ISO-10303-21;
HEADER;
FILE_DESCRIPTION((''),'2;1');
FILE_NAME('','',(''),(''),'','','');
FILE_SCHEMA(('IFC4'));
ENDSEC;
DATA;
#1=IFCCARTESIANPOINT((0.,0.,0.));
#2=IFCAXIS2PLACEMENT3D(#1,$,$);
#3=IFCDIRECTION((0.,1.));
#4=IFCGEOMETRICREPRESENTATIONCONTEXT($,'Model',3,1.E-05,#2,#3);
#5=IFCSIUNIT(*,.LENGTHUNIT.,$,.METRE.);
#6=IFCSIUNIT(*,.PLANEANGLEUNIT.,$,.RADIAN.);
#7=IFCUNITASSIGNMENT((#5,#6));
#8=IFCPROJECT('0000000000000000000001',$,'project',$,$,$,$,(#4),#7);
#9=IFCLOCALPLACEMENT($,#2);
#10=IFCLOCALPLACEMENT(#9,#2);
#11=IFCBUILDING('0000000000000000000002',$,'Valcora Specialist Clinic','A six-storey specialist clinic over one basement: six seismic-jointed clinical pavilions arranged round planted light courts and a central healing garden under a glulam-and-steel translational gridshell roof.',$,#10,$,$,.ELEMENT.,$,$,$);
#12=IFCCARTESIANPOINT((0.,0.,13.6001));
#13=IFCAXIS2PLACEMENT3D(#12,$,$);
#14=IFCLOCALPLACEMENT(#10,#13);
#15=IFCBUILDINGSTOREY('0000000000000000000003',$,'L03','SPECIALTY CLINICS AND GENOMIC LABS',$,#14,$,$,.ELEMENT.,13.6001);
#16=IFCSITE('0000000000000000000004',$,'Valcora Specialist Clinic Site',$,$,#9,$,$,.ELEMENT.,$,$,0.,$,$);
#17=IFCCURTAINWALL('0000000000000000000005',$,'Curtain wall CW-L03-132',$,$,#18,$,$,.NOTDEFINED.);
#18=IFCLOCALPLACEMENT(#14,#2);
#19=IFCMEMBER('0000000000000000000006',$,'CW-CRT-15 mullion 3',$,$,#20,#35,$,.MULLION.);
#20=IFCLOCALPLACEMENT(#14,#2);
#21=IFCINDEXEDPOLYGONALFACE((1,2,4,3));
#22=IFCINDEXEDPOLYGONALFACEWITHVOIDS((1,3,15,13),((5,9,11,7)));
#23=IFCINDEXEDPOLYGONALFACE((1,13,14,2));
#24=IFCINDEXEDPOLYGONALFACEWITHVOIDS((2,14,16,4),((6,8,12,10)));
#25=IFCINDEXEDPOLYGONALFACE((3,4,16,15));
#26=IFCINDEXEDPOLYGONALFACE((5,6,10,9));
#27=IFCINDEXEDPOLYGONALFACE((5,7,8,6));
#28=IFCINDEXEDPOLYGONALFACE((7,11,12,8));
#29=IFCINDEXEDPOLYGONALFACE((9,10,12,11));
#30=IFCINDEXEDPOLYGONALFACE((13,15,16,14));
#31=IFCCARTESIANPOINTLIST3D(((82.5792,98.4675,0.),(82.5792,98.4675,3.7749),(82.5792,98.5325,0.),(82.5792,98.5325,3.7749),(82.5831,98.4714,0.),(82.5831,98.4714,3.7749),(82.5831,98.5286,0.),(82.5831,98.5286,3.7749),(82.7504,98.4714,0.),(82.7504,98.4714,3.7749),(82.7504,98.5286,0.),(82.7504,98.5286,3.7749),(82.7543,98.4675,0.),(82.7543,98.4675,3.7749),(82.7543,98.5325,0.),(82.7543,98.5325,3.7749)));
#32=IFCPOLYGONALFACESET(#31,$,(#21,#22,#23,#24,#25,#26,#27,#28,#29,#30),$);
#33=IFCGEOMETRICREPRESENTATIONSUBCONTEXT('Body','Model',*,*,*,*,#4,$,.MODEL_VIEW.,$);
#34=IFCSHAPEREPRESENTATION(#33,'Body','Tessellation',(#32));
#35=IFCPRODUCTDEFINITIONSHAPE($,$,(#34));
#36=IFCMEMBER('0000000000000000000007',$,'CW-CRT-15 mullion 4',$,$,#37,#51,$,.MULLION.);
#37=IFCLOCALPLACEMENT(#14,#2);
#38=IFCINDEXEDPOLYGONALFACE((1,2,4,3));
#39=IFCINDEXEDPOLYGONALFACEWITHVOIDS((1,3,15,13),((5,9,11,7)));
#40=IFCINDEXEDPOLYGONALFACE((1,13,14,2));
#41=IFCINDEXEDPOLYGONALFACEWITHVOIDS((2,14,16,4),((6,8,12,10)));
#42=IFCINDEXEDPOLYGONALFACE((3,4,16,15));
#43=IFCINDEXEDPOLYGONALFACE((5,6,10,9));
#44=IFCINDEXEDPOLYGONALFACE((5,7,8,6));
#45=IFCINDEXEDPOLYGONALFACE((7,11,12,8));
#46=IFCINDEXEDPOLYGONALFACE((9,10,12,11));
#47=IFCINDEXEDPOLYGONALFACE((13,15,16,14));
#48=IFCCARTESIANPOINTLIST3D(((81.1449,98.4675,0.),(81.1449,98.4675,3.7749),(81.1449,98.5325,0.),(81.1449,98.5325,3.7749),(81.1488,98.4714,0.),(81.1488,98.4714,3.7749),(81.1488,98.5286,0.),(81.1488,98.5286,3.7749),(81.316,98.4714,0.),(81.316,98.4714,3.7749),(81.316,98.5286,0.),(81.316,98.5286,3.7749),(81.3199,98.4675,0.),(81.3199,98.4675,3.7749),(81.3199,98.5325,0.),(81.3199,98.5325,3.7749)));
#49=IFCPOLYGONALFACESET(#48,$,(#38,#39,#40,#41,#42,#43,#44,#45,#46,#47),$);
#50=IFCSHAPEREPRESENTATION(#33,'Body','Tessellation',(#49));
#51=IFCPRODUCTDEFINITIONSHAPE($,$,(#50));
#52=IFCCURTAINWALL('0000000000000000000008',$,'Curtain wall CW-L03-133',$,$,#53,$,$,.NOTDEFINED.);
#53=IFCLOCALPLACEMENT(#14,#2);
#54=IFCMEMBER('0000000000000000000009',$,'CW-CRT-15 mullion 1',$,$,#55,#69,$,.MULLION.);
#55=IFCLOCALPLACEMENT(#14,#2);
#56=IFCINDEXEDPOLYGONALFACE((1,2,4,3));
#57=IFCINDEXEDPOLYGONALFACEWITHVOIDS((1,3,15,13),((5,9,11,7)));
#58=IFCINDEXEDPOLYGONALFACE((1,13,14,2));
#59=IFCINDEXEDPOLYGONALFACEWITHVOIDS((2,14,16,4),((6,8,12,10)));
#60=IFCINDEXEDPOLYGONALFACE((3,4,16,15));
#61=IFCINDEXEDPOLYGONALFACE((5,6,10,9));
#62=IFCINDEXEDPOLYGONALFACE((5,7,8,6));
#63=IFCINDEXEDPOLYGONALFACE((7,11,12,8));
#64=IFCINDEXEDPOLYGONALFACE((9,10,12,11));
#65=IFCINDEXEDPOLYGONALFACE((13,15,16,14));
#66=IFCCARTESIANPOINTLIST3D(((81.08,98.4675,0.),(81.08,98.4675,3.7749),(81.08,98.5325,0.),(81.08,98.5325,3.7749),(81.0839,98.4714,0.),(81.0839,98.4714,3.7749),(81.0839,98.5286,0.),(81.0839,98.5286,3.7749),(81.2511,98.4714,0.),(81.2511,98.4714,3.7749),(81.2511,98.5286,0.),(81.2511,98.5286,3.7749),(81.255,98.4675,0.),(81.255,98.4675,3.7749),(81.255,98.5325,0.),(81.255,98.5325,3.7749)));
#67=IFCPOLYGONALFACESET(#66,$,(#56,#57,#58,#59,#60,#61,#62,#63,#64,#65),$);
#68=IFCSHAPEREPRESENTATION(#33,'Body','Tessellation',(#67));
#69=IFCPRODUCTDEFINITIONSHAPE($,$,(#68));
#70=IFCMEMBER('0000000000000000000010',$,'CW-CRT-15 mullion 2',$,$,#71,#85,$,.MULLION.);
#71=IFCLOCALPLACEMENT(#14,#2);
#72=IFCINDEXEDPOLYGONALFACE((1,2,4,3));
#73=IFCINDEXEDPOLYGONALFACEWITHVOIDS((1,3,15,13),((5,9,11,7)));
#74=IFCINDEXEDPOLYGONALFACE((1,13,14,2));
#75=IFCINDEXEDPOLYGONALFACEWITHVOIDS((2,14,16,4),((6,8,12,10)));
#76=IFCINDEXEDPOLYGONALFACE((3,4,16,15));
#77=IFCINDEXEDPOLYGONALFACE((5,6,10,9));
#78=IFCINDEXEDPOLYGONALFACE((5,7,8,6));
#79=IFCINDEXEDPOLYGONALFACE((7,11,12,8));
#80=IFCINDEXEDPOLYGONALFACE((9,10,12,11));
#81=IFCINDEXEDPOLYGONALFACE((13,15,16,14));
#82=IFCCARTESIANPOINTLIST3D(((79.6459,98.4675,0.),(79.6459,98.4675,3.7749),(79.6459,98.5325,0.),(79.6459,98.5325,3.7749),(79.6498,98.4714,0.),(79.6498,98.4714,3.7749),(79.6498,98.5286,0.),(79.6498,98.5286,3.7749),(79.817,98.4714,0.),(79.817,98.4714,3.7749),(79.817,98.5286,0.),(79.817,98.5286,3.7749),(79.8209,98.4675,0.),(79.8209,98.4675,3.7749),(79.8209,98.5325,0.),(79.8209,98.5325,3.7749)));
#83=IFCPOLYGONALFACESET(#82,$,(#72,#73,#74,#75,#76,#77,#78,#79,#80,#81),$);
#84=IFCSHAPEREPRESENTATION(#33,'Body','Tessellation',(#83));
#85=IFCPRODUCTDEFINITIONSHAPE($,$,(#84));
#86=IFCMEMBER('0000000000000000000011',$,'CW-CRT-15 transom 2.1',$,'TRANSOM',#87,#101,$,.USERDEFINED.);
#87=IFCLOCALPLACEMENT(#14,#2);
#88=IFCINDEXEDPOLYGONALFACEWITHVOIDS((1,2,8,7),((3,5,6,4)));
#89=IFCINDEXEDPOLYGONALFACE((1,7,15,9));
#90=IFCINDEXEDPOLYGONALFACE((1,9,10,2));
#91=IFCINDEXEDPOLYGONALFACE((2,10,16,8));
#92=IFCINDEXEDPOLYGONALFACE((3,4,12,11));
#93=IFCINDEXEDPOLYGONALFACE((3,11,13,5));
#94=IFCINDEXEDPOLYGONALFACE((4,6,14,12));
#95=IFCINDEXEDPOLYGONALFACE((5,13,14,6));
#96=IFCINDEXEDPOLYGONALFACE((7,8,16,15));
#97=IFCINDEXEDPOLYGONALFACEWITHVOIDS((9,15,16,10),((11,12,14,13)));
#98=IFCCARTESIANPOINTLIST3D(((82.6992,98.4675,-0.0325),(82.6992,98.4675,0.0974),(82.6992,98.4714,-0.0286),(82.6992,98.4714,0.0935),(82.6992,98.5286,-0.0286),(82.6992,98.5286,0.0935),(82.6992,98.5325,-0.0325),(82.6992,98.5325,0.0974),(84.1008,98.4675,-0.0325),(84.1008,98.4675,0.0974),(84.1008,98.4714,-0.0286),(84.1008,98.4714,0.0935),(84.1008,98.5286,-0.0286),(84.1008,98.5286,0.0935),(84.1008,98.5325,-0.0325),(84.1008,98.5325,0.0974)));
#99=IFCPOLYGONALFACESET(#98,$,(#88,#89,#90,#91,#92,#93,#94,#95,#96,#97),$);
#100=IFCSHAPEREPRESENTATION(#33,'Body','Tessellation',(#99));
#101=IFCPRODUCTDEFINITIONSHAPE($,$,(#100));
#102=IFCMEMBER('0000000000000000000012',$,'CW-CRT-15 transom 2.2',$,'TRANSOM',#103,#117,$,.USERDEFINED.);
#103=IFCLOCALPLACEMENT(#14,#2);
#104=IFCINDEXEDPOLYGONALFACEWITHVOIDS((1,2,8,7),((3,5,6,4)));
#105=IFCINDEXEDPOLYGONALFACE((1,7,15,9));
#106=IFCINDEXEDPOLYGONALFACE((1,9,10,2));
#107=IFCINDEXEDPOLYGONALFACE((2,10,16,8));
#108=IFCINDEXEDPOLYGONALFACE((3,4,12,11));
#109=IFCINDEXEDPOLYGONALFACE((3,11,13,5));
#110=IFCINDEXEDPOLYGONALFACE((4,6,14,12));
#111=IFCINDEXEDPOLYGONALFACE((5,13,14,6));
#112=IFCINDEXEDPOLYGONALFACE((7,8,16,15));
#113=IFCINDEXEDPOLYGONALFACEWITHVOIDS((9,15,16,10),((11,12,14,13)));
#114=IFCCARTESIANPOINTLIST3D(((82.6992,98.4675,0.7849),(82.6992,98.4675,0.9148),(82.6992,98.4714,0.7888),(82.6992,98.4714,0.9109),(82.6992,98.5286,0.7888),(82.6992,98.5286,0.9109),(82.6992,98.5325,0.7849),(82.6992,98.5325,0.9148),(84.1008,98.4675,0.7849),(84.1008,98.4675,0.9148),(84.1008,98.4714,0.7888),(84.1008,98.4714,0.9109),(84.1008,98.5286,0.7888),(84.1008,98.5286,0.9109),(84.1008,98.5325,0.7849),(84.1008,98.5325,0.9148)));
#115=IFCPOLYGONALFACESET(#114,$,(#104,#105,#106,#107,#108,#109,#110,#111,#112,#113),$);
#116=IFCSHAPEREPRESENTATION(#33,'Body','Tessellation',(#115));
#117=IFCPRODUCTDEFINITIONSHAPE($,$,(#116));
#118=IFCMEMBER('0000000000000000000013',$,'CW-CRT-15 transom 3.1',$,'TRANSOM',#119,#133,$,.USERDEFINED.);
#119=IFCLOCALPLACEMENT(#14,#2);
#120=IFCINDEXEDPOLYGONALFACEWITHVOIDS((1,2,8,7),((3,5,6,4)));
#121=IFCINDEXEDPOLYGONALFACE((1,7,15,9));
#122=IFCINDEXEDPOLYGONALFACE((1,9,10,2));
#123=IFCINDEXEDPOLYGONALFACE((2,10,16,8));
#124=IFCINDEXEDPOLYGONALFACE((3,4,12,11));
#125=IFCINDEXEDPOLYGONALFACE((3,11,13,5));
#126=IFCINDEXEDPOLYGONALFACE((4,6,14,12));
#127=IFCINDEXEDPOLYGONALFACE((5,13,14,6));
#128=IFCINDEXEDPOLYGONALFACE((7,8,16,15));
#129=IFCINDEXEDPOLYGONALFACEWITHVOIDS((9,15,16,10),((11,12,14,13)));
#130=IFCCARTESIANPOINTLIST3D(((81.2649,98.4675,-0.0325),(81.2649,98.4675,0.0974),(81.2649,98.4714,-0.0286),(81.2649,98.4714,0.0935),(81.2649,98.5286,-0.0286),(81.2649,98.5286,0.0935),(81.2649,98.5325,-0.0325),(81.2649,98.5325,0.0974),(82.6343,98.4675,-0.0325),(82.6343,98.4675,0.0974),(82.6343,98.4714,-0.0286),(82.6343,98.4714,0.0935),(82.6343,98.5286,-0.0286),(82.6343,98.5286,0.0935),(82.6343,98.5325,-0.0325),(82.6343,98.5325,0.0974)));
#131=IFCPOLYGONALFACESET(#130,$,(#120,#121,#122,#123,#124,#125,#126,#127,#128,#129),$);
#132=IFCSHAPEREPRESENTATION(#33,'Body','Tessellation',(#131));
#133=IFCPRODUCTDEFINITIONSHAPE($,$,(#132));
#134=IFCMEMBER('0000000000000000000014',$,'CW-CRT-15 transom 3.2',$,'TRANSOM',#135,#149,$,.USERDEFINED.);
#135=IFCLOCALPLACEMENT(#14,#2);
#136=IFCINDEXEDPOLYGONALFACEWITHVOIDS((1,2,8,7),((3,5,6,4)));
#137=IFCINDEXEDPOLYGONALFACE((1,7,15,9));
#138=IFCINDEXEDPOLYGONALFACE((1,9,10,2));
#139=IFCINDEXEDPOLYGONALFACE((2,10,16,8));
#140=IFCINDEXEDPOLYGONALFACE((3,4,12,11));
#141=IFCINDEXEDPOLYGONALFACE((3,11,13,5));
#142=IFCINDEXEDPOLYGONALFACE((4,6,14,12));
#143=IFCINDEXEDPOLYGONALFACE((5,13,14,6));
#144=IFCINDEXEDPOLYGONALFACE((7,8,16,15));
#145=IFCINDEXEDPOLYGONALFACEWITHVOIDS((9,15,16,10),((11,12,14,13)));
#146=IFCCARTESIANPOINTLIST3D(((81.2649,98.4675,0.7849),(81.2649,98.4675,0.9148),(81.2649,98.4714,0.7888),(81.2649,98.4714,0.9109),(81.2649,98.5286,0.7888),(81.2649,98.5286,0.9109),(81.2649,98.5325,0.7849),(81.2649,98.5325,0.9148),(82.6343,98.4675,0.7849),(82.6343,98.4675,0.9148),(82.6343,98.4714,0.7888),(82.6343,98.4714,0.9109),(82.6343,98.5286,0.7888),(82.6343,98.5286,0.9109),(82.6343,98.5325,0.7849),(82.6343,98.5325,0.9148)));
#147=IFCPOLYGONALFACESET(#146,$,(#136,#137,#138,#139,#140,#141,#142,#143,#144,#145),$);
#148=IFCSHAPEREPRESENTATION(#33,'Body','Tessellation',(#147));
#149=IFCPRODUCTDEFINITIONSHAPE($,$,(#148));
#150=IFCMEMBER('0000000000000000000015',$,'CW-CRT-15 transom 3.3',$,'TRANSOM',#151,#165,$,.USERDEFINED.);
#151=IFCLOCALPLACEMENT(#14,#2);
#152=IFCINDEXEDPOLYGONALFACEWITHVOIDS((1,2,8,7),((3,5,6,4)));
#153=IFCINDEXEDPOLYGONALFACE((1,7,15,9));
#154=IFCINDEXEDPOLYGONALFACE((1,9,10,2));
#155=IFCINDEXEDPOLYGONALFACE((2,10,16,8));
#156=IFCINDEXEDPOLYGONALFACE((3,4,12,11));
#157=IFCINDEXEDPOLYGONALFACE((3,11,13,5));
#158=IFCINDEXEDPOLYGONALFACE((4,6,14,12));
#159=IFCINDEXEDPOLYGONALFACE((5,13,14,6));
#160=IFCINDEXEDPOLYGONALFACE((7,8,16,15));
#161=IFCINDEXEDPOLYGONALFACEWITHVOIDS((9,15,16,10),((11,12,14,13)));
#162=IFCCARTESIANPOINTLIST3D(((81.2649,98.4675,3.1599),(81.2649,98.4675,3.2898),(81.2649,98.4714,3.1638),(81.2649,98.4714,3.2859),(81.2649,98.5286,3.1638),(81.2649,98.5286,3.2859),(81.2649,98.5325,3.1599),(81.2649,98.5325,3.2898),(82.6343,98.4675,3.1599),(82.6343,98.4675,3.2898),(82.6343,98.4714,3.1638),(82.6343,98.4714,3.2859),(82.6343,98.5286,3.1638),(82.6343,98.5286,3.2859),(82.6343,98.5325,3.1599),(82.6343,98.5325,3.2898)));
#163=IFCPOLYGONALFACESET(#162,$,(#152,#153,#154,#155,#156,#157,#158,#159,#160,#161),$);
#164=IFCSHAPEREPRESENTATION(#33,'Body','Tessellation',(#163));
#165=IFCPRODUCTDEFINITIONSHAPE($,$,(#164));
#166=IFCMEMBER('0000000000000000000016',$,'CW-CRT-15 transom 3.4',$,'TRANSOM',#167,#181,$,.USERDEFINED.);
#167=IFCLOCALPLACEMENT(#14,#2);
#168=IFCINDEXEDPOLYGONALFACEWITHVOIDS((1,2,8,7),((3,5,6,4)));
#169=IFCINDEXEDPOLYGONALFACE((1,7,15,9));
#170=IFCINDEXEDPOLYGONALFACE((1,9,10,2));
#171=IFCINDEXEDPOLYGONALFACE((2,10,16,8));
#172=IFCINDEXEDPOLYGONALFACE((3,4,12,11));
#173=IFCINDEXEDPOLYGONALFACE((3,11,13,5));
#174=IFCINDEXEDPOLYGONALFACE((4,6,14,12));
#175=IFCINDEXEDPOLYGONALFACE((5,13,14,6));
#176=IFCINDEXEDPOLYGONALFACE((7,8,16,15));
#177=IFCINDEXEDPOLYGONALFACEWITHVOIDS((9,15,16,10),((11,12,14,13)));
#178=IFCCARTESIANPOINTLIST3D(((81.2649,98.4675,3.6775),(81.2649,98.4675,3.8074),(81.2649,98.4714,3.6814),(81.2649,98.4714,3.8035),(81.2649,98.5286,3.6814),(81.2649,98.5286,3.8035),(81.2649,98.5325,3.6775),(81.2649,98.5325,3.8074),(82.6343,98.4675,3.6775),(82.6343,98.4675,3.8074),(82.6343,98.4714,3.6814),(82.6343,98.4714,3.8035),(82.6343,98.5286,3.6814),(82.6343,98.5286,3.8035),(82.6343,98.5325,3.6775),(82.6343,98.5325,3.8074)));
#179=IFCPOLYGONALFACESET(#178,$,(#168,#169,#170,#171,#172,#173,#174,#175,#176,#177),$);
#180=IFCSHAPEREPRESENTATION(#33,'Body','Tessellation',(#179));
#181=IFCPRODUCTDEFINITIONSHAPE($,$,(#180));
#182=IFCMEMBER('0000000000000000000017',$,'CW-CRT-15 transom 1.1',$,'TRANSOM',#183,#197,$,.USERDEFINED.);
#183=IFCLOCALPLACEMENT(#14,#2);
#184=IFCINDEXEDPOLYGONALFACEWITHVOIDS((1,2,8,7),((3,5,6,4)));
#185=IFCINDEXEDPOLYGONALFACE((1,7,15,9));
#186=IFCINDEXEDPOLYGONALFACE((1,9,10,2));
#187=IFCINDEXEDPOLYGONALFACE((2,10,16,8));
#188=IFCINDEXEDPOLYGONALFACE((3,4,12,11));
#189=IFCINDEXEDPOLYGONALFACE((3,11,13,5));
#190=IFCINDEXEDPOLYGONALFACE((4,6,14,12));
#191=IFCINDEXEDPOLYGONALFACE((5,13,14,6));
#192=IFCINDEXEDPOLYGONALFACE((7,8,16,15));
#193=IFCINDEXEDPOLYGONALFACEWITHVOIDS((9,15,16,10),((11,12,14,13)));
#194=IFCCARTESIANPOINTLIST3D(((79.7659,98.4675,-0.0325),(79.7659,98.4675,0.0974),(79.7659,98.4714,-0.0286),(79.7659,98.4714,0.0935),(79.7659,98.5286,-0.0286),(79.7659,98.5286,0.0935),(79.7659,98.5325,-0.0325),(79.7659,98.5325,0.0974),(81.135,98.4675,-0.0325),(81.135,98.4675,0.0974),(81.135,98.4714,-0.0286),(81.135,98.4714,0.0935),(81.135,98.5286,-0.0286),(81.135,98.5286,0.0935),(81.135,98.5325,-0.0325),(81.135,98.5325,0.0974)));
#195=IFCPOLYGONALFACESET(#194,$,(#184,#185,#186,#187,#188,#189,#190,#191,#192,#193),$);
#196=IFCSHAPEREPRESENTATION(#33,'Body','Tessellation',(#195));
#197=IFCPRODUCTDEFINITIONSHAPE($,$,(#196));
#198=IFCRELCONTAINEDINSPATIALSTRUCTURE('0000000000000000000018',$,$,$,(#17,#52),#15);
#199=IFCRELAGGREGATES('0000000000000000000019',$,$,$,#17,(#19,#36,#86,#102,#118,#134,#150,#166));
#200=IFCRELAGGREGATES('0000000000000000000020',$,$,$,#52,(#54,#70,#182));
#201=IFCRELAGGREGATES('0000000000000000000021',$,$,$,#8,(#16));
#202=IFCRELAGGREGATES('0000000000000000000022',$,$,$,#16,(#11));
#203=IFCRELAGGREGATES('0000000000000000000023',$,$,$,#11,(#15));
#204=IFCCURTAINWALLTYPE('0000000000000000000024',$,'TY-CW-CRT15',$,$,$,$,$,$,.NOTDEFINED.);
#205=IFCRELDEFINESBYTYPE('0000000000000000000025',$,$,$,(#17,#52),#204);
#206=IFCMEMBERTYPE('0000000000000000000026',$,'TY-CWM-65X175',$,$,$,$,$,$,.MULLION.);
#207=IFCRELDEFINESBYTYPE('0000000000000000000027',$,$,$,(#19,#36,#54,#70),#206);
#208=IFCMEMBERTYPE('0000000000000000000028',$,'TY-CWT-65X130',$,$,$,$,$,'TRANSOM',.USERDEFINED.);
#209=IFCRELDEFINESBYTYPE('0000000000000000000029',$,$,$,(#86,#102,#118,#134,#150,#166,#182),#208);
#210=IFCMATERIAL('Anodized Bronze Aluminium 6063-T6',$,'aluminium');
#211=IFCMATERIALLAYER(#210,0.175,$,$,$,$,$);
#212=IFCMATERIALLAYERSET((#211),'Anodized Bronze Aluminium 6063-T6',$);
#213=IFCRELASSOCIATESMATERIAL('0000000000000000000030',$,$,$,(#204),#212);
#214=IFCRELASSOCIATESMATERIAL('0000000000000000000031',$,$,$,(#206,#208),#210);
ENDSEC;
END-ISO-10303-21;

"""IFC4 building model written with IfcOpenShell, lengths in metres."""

from ifc_helpers import new_model, si_unit, direction, frame, origin, origin_2d, place, context, subcontext, project, spatial, hollow_rectangle, extrude, material, layer, layer_set, material_profile, profile_set, type_object, element, aggregate, save


model = new_model("IFC4")

# Units and contexts
model_context = context("Model", 3, precision=1e-05, world=origin(), true_north=direction((0.0, 1.0)))
body_context = subcontext(model_context, "Body", "Model", "MODEL_VIEW")
ifc_project = project(units=[si_unit("LENGTHUNIT", "METRE"), si_unit("PLANEANGLEUNIT", "RADIAN")], contexts=[model_context])

# Site, building, storey
site_placement = place(None, origin())
site = spatial("IfcSite", under=ifc_project, at=site_placement, Name="Valcora Specialist Clinic Site", CompositionType="ELEMENT", RefElevation=0.0)
building_placement = place(site_placement, origin())
building = spatial("IfcBuilding", under=site, at=building_placement, Name="Valcora Specialist Clinic", Description="A six-storey specialist clinic over one basement: six seismic-jointed clinical pavilions arranged round planted light courts and a central healing garden under a glulam-and-steel translational gridshell roof.", CompositionType="ELEMENT")
storey_placement = place(building_placement, frame((0.0, 0.0, 13.6001)))
storey = spatial("IfcBuildingStorey", under=building, at=storey_placement, Name="L03", Description="SPECIALTY CLINICS AND GENOMIC LABS", CompositionType="ELEMENT", Elevation=13.6001)

# Curtain walls, members
ifc_material_1 = material(Name="Anodized Bronze Aluminium 6063-T6", Category="aluminium")
ifc_layer_1 = layer(ifc_material_1, 0.175)
ifc_layer_set_1 = layer_set([ifc_layer_1], Name="Anodized Bronze Aluminium 6063-T6")
curtain_wall_type = type_object("IfcCurtainWallType", Name="TY-CW-CRT15", PredefinedType="NOTDEFINED", material=ifc_layer_set_1)
curtain_wall_1_placement = place(storey_placement, origin())
curtain_wall_1 = element("IfcCurtainWall", 1, at=curtain_wall_1_placement, inside=storey, type_object=curtain_wall_type, Name="Curtain wall CW-L03-132", PredefinedType="NOTDEFINED")
ifc_material_profile_1 = material_profile(ifc_material_1, hollow_rectangle(XDim=0.0649, YDim=0.175, WallThickness=0.0039, at=origin_2d()), Name="AL-MUL-65X175")
ifc_profile_set_1 = profile_set([ifc_material_profile_1], Name="Anodized Bronze Aluminium 6063-T6")
member_type_1 = type_object("IfcMemberType", Name="TY-CWM-65X175", PredefinedType="MULLION", material=ifc_profile_set_1)
member_1_placement = place(storey_placement, frame((82.6667, 98.5, 0.0), z_axis=(0.0, 0.0, 1.0), x_axis=(0.0, -1.0, 0.0)))
member_1 = element("IfcMember", 2, at=member_1_placement, type_object=member_type_1, Name="CW-CRT-15 mullion 3", PredefinedType="MULLION", context=body_context, shape_type="SweptSolid", body=[
    extrude(hollow_rectangle(XDim=0.0649, YDim=0.175, WallThickness=0.0039, at=origin_2d()), origin(), (0.0, 0.0, 1.0), 3.7749),
])
member_2_placement = place(storey_placement, frame((81.2324, 98.5, 0.0), z_axis=(0.0, 0.0, 1.0), x_axis=(0.0, -1.0, 0.0)))
member_2 = element("IfcMember", 3, at=member_2_placement, type_object=member_type_1, Name="CW-CRT-15 mullion 4", PredefinedType="MULLION", context=body_context, shape_type="SweptSolid", body=[
    extrude(hollow_rectangle(XDim=0.0649, YDim=0.175, WallThickness=0.0039, at=origin_2d()), origin(), (0.0, 0.0, 1.0), 3.7749),
])
curtain_wall_2_placement = place(storey_placement, origin())
curtain_wall_2 = element("IfcCurtainWall", 4, at=curtain_wall_2_placement, inside=storey, type_object=curtain_wall_type, Name="Curtain wall CW-L03-133", PredefinedType="NOTDEFINED")
member_3_placement = place(storey_placement, frame((81.1675, 98.5, 0.0), z_axis=(0.0, 0.0, 1.0), x_axis=(0.0, -1.0, 0.0)))
member_3 = element("IfcMember", 5, at=member_3_placement, type_object=member_type_1, Name="CW-CRT-15 mullion 1", PredefinedType="MULLION", context=body_context, shape_type="SweptSolid", body=[
    extrude(hollow_rectangle(XDim=0.0649, YDim=0.175, WallThickness=0.0039, at=origin_2d()), origin(), (0.0, 0.0, 1.0), 3.7749),
])
member_4_placement = place(storey_placement, frame((79.7334, 98.5, 0.0), z_axis=(0.0, 0.0, 1.0), x_axis=(0.0, -1.0, 0.0)))
member_4 = element("IfcMember", 6, at=member_4_placement, type_object=member_type_1, Name="CW-CRT-15 mullion 2", PredefinedType="MULLION", context=body_context, shape_type="SweptSolid", body=[
    extrude(hollow_rectangle(XDim=0.0649, YDim=0.175, WallThickness=0.0039, at=origin_2d()), origin(), (0.0, 0.0, 1.0), 3.7749),
])

# Members
ifc_material_profile_2 = material_profile(ifc_material_1, hollow_rectangle(XDim=0.0649, YDim=0.1299, WallThickness=0.0039, at=origin_2d()), Name="AL-TRN-65X130")
ifc_profile_set_2 = profile_set([ifc_material_profile_2], Name="Anodized Bronze Aluminium 6063-T6")
member_type_2 = type_object("IfcMemberType", Name="TY-CWT-65X130", ElementType="TRANSOM", PredefinedType="USERDEFINED", material=ifc_profile_set_2)
member_5_placement = place(storey_placement, frame((84.1008, 98.5, 0.0325), z_axis=(-1.0, 0.0, 0.0), x_axis=(0.0, -1.0, 0.0)))
member_5 = element("IfcMember", 7, at=member_5_placement, type_object=member_type_2, Name="CW-CRT-15 transom 2.1", ObjectType="TRANSOM", PredefinedType="USERDEFINED", context=body_context, shape_type="SweptSolid", body=[
    extrude(hollow_rectangle(XDim=0.0649, YDim=0.1299, WallThickness=0.0039, at=origin_2d()), origin(), (0.0, 0.0, 1.0), 1.4016),
])
member_6_placement = place(storey_placement, frame((84.1008, 98.5, 0.8499), z_axis=(-1.0, 0.0, 0.0), x_axis=(0.0, -1.0, 0.0)))
member_6 = element("IfcMember", 8, at=member_6_placement, type_object=member_type_2, Name="CW-CRT-15 transom 2.2", ObjectType="TRANSOM", PredefinedType="USERDEFINED", context=body_context, shape_type="SweptSolid", body=[
    extrude(hollow_rectangle(XDim=0.0649, YDim=0.1299, WallThickness=0.0039, at=origin_2d()), origin(), (0.0, 0.0, 1.0), 1.4016),
])
member_7_placement = place(storey_placement, frame((82.6343, 98.5, 0.0325), z_axis=(-1.0, 0.0, 0.0), x_axis=(0.0, -1.0, 0.0)))
member_7 = element("IfcMember", 9, at=member_7_placement, type_object=member_type_2, Name="CW-CRT-15 transom 3.1", ObjectType="TRANSOM", PredefinedType="USERDEFINED", context=body_context, shape_type="SweptSolid", body=[
    extrude(hollow_rectangle(XDim=0.0649, YDim=0.1299, WallThickness=0.0039, at=origin_2d()), origin(), (0.0, 0.0, 1.0), 1.3694),
])
member_8_placement = place(storey_placement, frame((82.6343, 98.5, 0.8499), z_axis=(-1.0, 0.0, 0.0), x_axis=(0.0, -1.0, 0.0)))
member_8 = element("IfcMember", 10, at=member_8_placement, type_object=member_type_2, Name="CW-CRT-15 transom 3.2", ObjectType="TRANSOM", PredefinedType="USERDEFINED", context=body_context, shape_type="SweptSolid", body=[
    extrude(hollow_rectangle(XDim=0.0649, YDim=0.1299, WallThickness=0.0039, at=origin_2d()), origin(), (0.0, 0.0, 1.0), 1.3694),
])
member_9_placement = place(storey_placement, frame((82.6343, 98.5, 3.2249), z_axis=(-1.0, 0.0, 0.0), x_axis=(0.0, -1.0, 0.0)))
member_9 = element("IfcMember", 11, at=member_9_placement, type_object=member_type_2, Name="CW-CRT-15 transom 3.3", ObjectType="TRANSOM", PredefinedType="USERDEFINED", context=body_context, shape_type="SweptSolid", body=[
    extrude(hollow_rectangle(XDim=0.0649, YDim=0.1299, WallThickness=0.0039, at=origin_2d()), origin(), (0.0, 0.0, 1.0), 1.3694),
])
member_10_placement = place(storey_placement, frame((82.6343, 98.5, 3.7424), z_axis=(-1.0, 0.0, 0.0), x_axis=(0.0, -1.0, 0.0)))
member_10 = element("IfcMember", 12, at=member_10_placement, type_object=member_type_2, Name="CW-CRT-15 transom 3.4", ObjectType="TRANSOM", PredefinedType="USERDEFINED", context=body_context, shape_type="SweptSolid", body=[
    extrude(hollow_rectangle(XDim=0.0649, YDim=0.1299, WallThickness=0.0039, at=origin_2d()), origin(), (0.0, 0.0, 1.0), 1.3694),
])
member_11_placement = place(storey_placement, frame((81.135, 98.5, 0.0325), z_axis=(-1.0, 0.0, 0.0), x_axis=(0.0, -1.0, 0.0)))
member_11 = element("IfcMember", 13, at=member_11_placement, type_object=member_type_2, Name="CW-CRT-15 transom 1.1", ObjectType="TRANSOM", PredefinedType="USERDEFINED", context=body_context, shape_type="SweptSolid", body=[
    extrude(hollow_rectangle(XDim=0.0649, YDim=0.1299, WallThickness=0.0039, at=origin_2d()), origin(), (0.0, 0.0, 1.0), 1.3691),
])

aggregate(curtain_wall_1, [member_1, member_2, member_5, member_6, member_7, member_8, member_9, member_10])
aggregate(curtain_wall_2, [member_3, member_4, member_11])

save(model, "model.ifc")
